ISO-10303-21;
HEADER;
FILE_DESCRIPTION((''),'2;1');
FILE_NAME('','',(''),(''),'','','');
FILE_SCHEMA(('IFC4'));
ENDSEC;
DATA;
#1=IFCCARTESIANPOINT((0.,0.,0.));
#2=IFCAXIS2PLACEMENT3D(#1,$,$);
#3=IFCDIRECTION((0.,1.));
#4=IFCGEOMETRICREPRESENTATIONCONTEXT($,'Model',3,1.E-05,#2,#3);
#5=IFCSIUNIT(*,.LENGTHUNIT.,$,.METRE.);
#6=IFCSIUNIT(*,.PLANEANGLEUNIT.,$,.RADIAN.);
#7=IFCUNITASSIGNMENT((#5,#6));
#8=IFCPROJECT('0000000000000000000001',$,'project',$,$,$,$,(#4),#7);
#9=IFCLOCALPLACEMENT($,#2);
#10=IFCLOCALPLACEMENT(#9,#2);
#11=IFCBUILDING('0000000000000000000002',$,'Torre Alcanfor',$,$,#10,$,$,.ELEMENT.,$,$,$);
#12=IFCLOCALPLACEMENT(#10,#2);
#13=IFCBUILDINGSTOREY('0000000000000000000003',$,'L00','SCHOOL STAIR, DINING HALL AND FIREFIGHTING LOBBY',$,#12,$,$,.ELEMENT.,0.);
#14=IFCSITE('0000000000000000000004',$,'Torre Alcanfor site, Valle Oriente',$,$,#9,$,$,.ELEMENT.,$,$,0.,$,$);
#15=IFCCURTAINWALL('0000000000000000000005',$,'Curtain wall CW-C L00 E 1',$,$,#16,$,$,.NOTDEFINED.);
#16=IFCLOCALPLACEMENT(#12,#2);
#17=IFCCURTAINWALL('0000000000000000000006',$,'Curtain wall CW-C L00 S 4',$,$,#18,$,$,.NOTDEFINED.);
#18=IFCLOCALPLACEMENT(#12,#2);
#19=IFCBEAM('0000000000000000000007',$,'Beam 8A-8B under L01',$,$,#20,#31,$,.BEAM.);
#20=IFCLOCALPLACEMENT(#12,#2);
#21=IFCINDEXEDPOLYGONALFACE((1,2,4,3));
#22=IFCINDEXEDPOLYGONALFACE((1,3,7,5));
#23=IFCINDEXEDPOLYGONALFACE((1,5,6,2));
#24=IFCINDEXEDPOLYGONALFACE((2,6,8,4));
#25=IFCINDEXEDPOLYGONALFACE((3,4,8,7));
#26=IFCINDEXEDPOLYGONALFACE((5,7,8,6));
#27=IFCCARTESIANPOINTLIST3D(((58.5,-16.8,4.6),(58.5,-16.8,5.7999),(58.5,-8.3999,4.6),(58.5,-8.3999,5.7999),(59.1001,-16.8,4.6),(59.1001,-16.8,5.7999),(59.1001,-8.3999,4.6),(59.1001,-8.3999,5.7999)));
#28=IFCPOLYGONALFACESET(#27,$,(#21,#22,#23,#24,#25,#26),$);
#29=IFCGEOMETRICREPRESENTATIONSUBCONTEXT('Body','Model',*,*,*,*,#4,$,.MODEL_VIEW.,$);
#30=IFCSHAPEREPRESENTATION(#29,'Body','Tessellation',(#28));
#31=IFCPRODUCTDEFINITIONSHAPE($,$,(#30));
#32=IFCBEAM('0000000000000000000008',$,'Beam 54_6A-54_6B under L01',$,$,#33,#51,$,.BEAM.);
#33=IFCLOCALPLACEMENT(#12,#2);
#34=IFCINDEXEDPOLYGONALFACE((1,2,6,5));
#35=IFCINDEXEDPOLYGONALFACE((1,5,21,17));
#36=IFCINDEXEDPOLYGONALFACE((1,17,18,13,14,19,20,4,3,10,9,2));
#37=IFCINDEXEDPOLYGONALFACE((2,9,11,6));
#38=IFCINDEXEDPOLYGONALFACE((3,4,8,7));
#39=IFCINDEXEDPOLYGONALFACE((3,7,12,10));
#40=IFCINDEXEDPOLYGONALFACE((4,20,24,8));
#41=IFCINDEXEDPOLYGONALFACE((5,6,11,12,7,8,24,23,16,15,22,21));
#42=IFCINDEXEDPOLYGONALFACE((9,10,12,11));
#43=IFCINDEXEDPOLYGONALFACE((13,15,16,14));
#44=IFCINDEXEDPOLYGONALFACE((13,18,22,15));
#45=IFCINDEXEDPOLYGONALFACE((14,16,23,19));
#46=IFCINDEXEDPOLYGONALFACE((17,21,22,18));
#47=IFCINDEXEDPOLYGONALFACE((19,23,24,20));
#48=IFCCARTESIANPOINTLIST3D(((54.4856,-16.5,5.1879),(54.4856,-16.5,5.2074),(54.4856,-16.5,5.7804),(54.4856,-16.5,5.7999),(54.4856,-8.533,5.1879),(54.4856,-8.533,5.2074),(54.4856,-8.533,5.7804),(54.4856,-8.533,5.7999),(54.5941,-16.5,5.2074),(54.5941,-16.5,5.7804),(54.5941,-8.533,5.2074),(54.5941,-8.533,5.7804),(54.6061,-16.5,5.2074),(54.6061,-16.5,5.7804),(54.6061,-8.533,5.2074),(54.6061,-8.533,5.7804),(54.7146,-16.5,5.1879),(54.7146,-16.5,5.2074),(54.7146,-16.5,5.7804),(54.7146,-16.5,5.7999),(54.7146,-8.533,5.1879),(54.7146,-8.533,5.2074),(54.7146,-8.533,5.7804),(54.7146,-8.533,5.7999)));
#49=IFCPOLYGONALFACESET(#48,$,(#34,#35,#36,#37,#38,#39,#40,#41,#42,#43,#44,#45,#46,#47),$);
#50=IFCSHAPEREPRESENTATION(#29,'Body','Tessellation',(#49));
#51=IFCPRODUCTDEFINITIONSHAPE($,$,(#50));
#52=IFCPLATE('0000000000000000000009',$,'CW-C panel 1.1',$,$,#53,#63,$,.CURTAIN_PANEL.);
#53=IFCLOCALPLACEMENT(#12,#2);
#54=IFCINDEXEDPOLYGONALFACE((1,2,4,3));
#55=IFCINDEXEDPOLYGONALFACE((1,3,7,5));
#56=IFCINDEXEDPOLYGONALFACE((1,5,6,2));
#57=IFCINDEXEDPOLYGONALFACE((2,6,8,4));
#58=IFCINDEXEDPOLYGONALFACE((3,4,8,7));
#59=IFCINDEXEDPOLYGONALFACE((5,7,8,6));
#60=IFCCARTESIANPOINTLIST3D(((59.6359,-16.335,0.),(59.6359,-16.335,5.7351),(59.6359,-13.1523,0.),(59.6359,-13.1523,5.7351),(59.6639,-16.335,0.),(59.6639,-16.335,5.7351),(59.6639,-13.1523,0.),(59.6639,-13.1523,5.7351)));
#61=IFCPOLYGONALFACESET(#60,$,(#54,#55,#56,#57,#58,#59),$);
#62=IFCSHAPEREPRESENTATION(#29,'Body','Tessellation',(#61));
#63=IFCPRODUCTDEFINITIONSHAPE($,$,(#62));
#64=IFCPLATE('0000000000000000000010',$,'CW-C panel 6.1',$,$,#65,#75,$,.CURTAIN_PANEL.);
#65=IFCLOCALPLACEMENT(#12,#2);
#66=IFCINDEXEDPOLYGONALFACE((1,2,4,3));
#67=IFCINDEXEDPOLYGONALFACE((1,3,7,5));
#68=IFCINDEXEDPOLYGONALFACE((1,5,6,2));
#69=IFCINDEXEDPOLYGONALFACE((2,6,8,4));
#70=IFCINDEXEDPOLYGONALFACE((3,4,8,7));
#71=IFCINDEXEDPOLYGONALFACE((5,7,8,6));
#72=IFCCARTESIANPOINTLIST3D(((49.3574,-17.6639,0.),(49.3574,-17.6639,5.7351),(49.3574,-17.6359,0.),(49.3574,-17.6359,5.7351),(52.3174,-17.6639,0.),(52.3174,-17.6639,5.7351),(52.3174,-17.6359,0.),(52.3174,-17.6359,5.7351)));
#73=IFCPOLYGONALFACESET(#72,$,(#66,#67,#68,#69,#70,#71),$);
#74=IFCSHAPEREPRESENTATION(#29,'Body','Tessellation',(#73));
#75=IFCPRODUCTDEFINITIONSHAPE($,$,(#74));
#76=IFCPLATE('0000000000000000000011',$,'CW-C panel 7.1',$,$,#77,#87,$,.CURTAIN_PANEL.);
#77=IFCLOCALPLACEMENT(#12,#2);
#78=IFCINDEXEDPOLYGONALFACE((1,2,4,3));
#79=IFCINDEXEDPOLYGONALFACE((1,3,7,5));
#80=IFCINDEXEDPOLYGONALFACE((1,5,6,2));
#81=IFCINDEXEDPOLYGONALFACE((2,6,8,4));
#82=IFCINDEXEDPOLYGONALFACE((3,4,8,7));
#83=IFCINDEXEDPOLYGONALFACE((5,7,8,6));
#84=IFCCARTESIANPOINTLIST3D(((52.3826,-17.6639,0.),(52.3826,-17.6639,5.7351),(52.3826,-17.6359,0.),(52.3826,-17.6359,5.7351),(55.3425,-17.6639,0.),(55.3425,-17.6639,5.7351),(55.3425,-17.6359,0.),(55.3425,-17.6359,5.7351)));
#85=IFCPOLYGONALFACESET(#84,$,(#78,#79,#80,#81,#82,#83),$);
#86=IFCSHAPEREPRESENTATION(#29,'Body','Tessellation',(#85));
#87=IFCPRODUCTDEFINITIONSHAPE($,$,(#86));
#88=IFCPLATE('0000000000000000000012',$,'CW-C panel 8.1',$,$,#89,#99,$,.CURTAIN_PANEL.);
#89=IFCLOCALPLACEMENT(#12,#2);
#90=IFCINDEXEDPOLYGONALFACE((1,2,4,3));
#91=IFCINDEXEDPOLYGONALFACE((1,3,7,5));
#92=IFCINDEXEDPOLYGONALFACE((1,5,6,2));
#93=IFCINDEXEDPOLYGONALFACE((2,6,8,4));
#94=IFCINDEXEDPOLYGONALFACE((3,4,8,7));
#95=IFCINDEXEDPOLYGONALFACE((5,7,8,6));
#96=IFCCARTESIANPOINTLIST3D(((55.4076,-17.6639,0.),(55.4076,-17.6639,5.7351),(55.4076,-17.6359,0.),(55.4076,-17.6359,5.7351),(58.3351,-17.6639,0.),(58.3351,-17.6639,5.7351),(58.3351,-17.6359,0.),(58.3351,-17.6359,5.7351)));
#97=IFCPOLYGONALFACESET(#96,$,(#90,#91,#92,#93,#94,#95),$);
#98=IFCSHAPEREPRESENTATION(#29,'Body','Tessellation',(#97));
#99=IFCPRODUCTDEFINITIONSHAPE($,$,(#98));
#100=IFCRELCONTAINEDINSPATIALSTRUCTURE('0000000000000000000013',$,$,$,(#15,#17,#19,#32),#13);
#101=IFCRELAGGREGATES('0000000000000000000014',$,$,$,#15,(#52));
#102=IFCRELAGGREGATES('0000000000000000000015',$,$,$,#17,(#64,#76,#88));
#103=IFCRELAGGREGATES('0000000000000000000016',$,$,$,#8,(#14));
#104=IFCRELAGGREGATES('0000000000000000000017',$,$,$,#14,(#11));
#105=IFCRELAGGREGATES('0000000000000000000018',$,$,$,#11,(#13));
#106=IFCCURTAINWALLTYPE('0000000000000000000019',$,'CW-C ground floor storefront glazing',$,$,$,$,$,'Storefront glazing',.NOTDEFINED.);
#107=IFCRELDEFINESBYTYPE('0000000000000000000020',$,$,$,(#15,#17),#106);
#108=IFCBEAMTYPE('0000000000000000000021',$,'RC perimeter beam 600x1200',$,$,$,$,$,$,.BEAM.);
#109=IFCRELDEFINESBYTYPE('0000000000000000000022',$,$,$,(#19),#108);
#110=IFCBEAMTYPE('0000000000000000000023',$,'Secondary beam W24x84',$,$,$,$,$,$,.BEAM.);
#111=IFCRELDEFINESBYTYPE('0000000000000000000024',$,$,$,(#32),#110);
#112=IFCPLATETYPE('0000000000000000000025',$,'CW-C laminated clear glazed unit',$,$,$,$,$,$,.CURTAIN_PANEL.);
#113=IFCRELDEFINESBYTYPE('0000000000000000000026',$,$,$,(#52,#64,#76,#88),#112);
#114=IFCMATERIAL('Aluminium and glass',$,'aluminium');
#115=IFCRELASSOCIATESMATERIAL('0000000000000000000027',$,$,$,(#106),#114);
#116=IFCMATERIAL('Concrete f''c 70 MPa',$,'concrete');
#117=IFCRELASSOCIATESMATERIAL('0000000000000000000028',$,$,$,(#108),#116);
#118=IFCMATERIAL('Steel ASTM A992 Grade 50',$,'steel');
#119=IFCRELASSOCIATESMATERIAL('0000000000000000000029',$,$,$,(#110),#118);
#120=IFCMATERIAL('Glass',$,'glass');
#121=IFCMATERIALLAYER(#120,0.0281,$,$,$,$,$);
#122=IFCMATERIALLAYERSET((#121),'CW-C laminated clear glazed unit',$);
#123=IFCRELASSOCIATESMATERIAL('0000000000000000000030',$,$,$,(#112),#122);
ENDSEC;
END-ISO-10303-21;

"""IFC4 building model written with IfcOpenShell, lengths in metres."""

from ifc_helpers import new_model, si_unit, direction, frame, origin, origin_2d, place, context, subcontext, project, spatial, rectangle, i_section, extrude, material, layer, layer_set, material_profile, profile_set, type_object, element, aggregate, save


model = new_model("IFC4")

# Units and contexts
model_context = context("Model", 3, precision=1e-05, world=origin(), true_north=direction((0.0, 1.0)))
body_context = subcontext(model_context, "Body", "Model", "MODEL_VIEW")
ifc_project = project(units=[si_unit("LENGTHUNIT", "METRE"), si_unit("PLANEANGLEUNIT", "RADIAN")], contexts=[model_context])

# Site, building, storey
site_placement = place(None, origin())
site = spatial("IfcSite", under=ifc_project, at=site_placement, Name="Torre Alcanfor site, Valle Oriente", CompositionType="ELEMENT", RefElevation=0.0)
building_placement = place(site_placement, origin())
building = spatial("IfcBuilding", under=site, at=building_placement, Name="Torre Alcanfor", CompositionType="ELEMENT")
storey_placement = place(building_placement, origin())
storey = spatial("IfcBuildingStorey", under=building, at=storey_placement, Name="L00", Description="SCHOOL STAIR, DINING HALL AND FIREFIGHTING LOBBY", CompositionType="ELEMENT", Elevation=0.0)

# Curtain walls
ifc_material_1 = material(Name="Aluminium and glass", Category="aluminium")
curtain_wall_type = type_object("IfcCurtainWallType", Name="CW-C ground floor storefront glazing", ElementType="Storefront glazing", PredefinedType="NOTDEFINED", material=ifc_material_1)
curtain_wall_1_placement = place(storey_placement, origin())
curtain_wall_1 = element("IfcCurtainWall", 1, at=curtain_wall_1_placement, inside=storey, type_object=curtain_wall_type, Name="Curtain wall CW-C L00 E 1", PredefinedType="NOTDEFINED")
curtain_wall_2_placement = place(storey_placement, origin())
curtain_wall_2 = element("IfcCurtainWall", 2, at=curtain_wall_2_placement, inside=storey, type_object=curtain_wall_type, Name="Curtain wall CW-C L00 S 4", PredefinedType="NOTDEFINED")

# Beams
ifc_material_2 = material(Name="Concrete f'c 70 MPa", Category="concrete")
ifc_material_profile_1 = material_profile(ifc_material_2, rectangle(XDim=0.6001, YDim=1.2, at=origin_2d()), Name="600x1200")
ifc_profile_set_1 = profile_set([ifc_material_profile_1], Name="Concrete f'c 70 MPa")
beam_type_1 = type_object("IfcBeamType", Name="RC perimeter beam 600x1200", PredefinedType="BEAM", material=ifc_profile_set_1)
for number, where, z_axis, x_axis, name in (
    (3, (58.8, -16.8, 5.2), (0.0, 1.0, 0.0), (-1.0, 0.0, 0.0), "Beam 8A-8B under L01"),
):
    element("IfcBeam", number, at=place(storey_placement, frame(where, z_axis=z_axis, x_axis=x_axis)), inside=storey, type_object=beam_type_1, Name=name, PredefinedType="BEAM", context=body_context, shape_type="SweptSolid", body=[
        extrude(rectangle(XDim=0.6001, YDim=1.2, at=origin_2d()), origin(), (0.0, 0.0, 1.0), 8.4001),
    ])
ifc_material_3 = material(Name="Steel ASTM A992 Grade 50", Category="steel")
ifc_material_profile_2 = material_profile(ifc_material_3, i_section(OverallWidth=0.229, OverallDepth=0.6121, WebThickness=0.012, FlangeThickness=0.0195, at=origin_2d()), Name="W24x84")
ifc_profile_set_2 = profile_set([ifc_material_profile_2], Name="Steel ASTM A992 Grade 50")
beam_type_2 = type_object("IfcBeamType", Name="Secondary beam W24x84", PredefinedType="BEAM", material=ifc_profile_set_2)
beam_1_placement = place(storey_placement, frame((54.6001, -16.5, 5.4939), z_axis=(0.0, 1.0, 0.0), x_axis=(-1.0, 0.0, 0.0)))
element("IfcBeam", 4, at=beam_1_placement, inside=storey, type_object=beam_type_2, Name="Beam 54_6A-54_6B under L01", PredefinedType="BEAM", context=body_context, shape_type="SweptSolid", body=[
    extrude(i_section(OverallWidth=0.229, OverallDepth=0.6121, WebThickness=0.012, FlangeThickness=0.0195, at=origin_2d()), origin(), (0.0, 0.0, 1.0), 7.967),
])

# Plates
ifc_material_4 = material(Name="Glass", Category="glass")
ifc_layer_1 = layer(ifc_material_4, 0.0281)
ifc_layer_set_1 = layer_set([ifc_layer_1], Name="CW-C laminated clear glazed unit")
plate_type = type_object("IfcPlateType", Name="CW-C laminated clear glazed unit", PredefinedType="CURTAIN_PANEL", material=ifc_layer_set_1)
plate_1_placement = place(storey_placement, frame((59.6499, -14.7437, 0.0), z_axis=(0.0, 0.0, 1.0), x_axis=(0.0, 1.0, 0.0)))
plate_1 = element("IfcPlate", 5, at=plate_1_placement, type_object=plate_type, Name="CW-C panel 1.1", PredefinedType="CURTAIN_PANEL", context=body_context, shape_type="SweptSolid", body=[
    extrude(rectangle(XDim=3.1826, YDim=0.0281, at=origin_2d()), origin(), (0.0, 0.0, 1.0), 5.7351),
])
aggregate(curtain_wall_1, [plate_1])
plate_2_placement = place(storey_placement, frame((50.8374, -17.6499, 0.0), z_axis=(0.0, 0.0, 1.0), x_axis=(1.0, 0.0, 0.0)))
plate_2 = element("IfcPlate", 6, at=plate_2_placement, type_object=plate_type, Name="CW-C panel 6.1", PredefinedType="CURTAIN_PANEL", context=body_context, shape_type="SweptSolid", body=[
    extrude(rectangle(XDim=2.96, YDim=0.0281, at=origin_2d()), origin(), (0.0, 0.0, 1.0), 5.7351),
])
plate_3_placement = place(storey_placement, frame((53.8625, -17.6499, 0.0), z_axis=(0.0, 0.0, 1.0), x_axis=(1.0, 0.0, 0.0)))
plate_3 = element("IfcPlate", 7, at=plate_3_placement, type_object=plate_type, Name="CW-C panel 7.1", PredefinedType="CURTAIN_PANEL", context=body_context, shape_type="SweptSolid", body=[
    extrude(rectangle(XDim=2.96, YDim=0.0281, at=origin_2d()), origin(), (0.0, 0.0, 1.0), 5.7351),
])
plate_4_placement = place(storey_placement, frame((56.8713, -17.6499, 0.0), z_axis=(0.0, 0.0, 1.0), x_axis=(1.0, 0.0, 0.0)))
plate_4 = element("IfcPlate", 8, at=plate_4_placement, type_object=plate_type, Name="CW-C panel 8.1", PredefinedType="CURTAIN_PANEL", context=body_context, shape_type="SweptSolid", body=[
    extrude(rectangle(XDim=2.9275, YDim=0.0281, at=origin_2d()), origin(), (0.0, 0.0, 1.0), 5.7351),
])
aggregate(curtain_wall_2, [plate_2, plate_3, plate_4])

save(model, "model.ifc")
